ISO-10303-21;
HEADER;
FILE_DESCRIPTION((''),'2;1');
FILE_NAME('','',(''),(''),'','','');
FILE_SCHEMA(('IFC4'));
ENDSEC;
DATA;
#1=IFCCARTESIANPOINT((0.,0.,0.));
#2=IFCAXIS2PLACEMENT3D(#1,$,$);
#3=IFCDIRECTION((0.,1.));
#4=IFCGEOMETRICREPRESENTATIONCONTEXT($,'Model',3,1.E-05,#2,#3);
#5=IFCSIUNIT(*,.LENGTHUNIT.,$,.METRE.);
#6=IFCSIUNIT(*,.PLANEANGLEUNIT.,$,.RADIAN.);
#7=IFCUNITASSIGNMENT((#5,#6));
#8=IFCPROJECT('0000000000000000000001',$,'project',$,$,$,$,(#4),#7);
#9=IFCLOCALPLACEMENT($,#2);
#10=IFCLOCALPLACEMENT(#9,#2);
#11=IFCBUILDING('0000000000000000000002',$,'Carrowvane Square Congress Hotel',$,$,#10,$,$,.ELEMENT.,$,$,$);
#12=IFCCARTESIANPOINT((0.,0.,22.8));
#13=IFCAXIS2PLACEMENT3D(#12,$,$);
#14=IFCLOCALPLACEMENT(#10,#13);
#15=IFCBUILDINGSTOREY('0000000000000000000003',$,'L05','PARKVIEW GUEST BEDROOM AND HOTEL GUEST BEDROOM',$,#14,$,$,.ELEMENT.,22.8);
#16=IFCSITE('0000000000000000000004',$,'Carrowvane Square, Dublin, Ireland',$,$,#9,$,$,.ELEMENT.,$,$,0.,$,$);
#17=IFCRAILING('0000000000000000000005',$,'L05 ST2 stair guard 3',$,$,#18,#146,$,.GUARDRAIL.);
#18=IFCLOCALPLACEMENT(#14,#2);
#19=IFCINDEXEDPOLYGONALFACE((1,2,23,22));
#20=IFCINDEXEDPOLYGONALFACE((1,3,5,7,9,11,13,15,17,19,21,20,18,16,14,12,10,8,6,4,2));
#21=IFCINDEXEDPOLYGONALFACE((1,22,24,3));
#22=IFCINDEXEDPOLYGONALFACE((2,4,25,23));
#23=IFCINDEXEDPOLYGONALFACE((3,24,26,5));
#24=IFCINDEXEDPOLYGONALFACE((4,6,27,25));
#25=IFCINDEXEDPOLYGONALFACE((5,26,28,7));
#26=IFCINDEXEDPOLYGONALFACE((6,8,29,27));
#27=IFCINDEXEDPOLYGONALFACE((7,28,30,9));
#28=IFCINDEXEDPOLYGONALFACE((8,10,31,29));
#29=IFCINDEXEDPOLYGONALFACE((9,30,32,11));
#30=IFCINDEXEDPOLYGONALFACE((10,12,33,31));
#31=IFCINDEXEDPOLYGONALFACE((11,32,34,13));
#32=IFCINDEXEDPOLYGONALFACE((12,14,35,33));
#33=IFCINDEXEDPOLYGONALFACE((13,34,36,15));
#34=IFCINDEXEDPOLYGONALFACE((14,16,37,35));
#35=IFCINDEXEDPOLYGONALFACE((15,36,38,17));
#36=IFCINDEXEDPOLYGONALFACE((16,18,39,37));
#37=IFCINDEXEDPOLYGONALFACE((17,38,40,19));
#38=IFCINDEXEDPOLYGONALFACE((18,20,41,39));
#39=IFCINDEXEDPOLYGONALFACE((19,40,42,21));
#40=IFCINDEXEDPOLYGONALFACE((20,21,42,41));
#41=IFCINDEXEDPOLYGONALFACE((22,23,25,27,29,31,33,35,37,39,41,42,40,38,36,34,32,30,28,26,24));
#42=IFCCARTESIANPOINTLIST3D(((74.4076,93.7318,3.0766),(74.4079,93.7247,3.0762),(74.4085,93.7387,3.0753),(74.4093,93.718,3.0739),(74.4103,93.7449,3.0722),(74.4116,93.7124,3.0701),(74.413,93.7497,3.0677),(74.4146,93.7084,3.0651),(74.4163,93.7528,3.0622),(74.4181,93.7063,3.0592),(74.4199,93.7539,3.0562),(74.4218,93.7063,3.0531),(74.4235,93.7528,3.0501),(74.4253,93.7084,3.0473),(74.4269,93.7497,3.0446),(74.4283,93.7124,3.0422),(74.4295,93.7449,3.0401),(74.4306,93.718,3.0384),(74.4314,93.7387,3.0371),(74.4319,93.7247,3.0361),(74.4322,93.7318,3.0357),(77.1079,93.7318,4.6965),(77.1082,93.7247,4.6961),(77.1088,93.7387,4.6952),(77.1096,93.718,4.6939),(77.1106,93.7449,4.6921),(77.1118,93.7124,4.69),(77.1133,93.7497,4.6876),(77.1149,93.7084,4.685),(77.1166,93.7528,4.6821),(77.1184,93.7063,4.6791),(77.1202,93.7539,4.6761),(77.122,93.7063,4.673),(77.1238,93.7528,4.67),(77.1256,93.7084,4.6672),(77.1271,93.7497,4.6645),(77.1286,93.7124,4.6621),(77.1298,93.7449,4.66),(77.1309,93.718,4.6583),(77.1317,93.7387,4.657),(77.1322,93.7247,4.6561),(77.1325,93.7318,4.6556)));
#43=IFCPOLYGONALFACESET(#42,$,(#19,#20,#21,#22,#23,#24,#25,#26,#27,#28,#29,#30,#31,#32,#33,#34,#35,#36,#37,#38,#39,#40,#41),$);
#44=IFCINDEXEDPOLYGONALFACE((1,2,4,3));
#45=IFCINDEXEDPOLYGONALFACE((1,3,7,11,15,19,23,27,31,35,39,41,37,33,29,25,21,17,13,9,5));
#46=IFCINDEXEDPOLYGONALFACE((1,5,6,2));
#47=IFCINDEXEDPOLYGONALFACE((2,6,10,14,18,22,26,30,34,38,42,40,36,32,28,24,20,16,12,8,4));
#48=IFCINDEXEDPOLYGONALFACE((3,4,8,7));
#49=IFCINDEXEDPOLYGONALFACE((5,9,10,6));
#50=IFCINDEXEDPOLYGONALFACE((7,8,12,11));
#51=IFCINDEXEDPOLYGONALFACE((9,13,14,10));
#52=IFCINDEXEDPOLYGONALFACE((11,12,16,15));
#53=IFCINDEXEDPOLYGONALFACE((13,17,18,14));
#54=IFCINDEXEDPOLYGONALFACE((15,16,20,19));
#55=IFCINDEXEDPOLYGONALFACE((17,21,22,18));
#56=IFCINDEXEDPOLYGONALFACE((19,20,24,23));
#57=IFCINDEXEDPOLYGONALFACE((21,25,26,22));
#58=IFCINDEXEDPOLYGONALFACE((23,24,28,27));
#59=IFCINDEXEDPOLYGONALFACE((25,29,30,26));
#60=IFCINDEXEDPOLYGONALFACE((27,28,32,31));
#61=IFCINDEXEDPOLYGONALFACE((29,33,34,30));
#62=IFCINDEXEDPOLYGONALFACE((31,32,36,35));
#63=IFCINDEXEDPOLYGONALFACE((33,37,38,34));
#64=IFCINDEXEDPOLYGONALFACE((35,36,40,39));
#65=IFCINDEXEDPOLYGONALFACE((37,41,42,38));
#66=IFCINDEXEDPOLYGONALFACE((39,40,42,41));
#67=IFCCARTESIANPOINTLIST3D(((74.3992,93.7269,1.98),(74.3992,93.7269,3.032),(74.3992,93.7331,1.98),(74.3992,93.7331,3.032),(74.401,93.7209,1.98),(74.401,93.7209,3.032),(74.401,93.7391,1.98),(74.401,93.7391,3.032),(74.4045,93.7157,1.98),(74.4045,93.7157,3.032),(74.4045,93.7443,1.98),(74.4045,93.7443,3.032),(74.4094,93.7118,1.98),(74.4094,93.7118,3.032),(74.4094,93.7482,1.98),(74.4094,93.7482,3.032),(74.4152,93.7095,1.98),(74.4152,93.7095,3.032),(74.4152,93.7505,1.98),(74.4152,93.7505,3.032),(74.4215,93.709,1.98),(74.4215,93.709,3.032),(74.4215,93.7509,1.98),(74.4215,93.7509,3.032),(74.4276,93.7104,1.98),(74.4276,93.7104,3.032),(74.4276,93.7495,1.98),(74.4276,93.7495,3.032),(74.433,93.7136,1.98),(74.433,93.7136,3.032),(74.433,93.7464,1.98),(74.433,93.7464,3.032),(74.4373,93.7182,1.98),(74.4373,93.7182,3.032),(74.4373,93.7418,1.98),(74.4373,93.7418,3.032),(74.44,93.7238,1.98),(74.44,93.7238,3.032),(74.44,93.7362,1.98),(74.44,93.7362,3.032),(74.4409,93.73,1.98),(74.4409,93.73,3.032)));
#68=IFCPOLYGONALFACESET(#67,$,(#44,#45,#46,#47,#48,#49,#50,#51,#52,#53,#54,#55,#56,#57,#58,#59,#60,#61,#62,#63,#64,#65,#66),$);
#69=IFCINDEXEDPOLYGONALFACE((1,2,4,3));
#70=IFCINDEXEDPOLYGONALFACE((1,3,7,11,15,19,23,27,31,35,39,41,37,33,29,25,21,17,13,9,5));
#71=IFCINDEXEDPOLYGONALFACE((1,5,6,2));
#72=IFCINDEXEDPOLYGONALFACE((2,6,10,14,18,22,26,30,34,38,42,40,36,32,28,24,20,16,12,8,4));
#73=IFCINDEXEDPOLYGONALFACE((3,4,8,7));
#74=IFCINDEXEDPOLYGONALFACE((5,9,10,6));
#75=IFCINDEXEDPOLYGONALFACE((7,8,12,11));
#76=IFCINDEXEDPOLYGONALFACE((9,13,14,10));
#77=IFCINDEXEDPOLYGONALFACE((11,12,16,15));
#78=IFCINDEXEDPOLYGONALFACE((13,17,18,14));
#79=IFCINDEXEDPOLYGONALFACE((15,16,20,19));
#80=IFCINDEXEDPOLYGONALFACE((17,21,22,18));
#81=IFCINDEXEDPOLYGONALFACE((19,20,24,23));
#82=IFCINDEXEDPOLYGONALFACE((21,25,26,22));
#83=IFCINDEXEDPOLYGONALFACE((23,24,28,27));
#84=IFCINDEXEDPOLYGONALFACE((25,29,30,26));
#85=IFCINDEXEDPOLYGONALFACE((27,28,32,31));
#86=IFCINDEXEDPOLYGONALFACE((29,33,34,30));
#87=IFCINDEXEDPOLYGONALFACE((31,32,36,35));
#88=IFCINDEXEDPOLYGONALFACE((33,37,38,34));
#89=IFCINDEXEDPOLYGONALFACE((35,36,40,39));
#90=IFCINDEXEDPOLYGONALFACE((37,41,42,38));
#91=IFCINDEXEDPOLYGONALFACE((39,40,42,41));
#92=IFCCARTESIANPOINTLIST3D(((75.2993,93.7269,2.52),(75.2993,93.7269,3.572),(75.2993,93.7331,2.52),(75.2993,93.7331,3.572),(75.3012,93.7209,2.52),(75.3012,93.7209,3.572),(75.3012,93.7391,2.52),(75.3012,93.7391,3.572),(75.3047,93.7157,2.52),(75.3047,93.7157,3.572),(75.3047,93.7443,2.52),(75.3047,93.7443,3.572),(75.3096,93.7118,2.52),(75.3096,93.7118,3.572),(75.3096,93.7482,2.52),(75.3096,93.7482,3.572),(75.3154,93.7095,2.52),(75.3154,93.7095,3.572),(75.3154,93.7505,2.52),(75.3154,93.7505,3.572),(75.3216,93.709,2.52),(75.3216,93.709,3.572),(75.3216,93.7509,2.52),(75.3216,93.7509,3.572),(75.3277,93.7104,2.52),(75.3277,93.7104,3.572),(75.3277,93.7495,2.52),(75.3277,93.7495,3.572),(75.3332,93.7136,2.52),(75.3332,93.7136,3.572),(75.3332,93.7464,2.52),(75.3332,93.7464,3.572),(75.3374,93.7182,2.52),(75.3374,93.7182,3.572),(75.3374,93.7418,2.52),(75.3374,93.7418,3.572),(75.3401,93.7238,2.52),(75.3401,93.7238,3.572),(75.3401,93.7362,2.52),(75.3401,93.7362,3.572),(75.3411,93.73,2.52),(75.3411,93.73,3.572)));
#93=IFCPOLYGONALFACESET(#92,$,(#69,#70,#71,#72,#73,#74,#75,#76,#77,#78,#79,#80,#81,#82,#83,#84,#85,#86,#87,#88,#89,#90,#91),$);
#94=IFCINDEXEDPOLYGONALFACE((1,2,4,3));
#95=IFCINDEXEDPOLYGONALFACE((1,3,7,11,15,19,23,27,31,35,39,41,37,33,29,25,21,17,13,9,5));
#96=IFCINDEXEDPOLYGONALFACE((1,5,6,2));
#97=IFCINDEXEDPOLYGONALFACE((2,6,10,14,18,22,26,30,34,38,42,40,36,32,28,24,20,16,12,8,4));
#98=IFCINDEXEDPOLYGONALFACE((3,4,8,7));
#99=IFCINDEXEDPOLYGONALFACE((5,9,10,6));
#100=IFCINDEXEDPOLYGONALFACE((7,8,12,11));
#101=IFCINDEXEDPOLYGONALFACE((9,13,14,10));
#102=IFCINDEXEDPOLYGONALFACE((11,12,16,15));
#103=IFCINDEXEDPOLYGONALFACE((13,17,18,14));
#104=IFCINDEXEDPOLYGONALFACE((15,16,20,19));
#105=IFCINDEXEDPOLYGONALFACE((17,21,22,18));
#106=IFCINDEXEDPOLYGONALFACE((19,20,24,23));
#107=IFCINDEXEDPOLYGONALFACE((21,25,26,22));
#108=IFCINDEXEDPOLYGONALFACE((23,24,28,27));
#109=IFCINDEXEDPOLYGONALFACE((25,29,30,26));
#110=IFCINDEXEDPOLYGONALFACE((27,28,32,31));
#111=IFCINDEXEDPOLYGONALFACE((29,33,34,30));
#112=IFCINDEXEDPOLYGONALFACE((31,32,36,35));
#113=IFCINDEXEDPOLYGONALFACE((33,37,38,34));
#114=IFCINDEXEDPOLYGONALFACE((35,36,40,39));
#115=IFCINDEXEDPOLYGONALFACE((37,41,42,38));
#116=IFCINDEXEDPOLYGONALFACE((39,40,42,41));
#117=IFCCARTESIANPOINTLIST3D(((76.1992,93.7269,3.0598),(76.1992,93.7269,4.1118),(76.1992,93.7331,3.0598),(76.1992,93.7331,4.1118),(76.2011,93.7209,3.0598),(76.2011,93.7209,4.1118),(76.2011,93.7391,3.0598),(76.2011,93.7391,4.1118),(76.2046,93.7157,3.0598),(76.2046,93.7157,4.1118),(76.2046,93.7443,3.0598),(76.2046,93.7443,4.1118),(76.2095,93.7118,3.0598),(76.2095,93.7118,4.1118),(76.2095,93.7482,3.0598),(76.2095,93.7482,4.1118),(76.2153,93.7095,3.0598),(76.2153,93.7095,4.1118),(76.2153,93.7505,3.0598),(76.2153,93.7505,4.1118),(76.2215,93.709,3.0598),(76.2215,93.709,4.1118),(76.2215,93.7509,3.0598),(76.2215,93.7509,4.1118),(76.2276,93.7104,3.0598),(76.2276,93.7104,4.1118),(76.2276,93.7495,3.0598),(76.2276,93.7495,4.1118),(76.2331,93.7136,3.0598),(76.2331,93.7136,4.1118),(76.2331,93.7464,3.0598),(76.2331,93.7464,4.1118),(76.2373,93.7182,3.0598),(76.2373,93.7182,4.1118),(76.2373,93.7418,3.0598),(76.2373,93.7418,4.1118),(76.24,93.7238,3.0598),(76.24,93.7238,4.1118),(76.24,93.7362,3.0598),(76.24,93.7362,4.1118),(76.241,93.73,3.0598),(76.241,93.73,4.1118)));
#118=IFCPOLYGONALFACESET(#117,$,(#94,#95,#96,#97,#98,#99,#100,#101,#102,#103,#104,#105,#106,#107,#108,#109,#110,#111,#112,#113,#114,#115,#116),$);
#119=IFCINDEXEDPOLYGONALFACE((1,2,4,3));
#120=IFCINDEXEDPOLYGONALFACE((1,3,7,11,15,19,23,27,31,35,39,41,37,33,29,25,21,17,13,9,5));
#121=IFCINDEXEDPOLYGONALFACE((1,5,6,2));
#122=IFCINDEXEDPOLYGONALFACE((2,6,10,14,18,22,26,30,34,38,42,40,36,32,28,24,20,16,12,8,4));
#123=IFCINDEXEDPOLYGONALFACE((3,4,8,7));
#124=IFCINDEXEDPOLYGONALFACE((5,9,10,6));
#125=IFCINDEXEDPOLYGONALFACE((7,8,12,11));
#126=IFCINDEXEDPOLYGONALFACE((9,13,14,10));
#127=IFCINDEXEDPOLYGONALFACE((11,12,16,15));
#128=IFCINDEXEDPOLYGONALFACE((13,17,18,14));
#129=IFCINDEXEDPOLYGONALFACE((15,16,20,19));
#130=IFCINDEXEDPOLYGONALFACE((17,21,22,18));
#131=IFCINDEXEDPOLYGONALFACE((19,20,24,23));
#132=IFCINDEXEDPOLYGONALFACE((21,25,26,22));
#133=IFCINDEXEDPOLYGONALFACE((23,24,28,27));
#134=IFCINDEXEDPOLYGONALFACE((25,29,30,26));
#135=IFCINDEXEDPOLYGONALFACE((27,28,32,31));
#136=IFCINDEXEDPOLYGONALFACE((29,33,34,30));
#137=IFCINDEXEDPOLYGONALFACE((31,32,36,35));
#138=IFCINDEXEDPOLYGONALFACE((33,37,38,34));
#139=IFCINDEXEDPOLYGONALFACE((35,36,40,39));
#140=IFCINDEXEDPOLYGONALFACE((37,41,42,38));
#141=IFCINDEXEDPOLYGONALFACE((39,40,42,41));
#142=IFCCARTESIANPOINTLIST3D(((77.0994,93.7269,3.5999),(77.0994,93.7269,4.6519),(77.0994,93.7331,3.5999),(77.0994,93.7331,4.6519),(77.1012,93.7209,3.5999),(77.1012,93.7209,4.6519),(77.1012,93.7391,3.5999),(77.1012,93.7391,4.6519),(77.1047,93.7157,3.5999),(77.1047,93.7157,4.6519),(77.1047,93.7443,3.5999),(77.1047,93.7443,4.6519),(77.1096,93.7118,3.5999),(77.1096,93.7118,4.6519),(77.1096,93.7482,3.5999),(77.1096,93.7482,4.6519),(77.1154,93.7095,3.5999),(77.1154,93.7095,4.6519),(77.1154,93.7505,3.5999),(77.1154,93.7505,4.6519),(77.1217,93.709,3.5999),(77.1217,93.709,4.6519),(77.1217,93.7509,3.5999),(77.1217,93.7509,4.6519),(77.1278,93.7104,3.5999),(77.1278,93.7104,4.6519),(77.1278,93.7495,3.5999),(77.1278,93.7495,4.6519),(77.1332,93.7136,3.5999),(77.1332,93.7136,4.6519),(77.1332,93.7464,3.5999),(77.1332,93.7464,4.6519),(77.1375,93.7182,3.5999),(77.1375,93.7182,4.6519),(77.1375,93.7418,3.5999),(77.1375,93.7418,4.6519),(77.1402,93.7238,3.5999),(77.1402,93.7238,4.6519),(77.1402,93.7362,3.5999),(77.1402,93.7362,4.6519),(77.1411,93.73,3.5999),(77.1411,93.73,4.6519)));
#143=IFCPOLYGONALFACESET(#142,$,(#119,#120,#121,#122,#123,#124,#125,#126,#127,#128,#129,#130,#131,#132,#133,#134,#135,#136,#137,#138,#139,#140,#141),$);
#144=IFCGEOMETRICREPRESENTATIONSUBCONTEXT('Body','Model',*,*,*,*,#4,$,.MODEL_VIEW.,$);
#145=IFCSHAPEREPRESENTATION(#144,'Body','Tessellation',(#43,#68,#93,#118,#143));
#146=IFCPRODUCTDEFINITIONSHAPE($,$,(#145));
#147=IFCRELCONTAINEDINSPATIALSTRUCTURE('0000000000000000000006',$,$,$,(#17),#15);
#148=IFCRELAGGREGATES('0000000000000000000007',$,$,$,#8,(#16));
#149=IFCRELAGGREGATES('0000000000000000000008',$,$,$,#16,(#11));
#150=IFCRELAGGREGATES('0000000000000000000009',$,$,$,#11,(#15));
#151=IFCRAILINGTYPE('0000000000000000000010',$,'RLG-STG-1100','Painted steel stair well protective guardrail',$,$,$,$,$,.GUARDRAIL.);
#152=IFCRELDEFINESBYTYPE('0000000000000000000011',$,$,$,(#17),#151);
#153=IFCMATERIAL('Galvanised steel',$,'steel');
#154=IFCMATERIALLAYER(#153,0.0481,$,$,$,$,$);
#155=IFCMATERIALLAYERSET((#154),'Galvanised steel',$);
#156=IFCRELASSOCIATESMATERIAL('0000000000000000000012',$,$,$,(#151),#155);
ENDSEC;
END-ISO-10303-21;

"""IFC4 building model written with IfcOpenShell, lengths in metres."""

from ifc_helpers import new_model, si_unit, direction, frame, origin, origin_2d, place, context, subcontext, project, spatial, circle, extrude, material, layer, layer_set, type_object, element, save


model = new_model("IFC4")

# Units and contexts
model_context = context("Model", 3, precision=1e-05, world=origin(), true_north=direction((0.0, 1.0)))
body_context = subcontext(model_context, "Body", "Model", "MODEL_VIEW")
ifc_project = project(units=[si_unit("LENGTHUNIT", "METRE"), si_unit("PLANEANGLEUNIT", "RADIAN")], contexts=[model_context])

# Site, building, storey
site_placement = place(None, origin())
site = spatial("IfcSite", under=ifc_project, at=site_placement, Name="Carrowvane Square, Dublin, Ireland", CompositionType="ELEMENT", RefElevation=0.0)
building_placement = place(site_placement, origin())
building = spatial("IfcBuilding", under=site, at=building_placement, Name="Carrowvane Square Congress Hotel", CompositionType="ELEMENT")
storey_placement = place(building_placement, frame((0.0, 0.0, 22.8)))
storey = spatial("IfcBuildingStorey", under=building, at=storey_placement, Name="L05", Description="PARKVIEW GUEST BEDROOM AND HOTEL GUEST BEDROOM", CompositionType="ELEMENT", Elevation=22.8)

# Railing
ifc_material_1 = material(Name="Galvanised steel", Category="steel")
ifc_layer_1 = layer(ifc_material_1, 0.0481)
ifc_layer_set_1 = layer_set([ifc_layer_1], Name="Galvanised steel")
railing_type_1 = type_object("IfcRailingType", Name="RLG-STG-1100", Description="Painted steel stair well protective guardrail", PredefinedType="GUARDRAIL", material=ifc_layer_set_1)
railing_1_placement = place(storey_placement, frame((74.4199, 93.73, 1.98)))
element("IfcRailing", 1, at=railing_1_placement, inside=storey, type_object=railing_type_1, Name="L05 ST2 stair guard 3", PredefinedType="GUARDRAIL", context=body_context, shape_type="SweptSolid", body=[
    extrude(circle(Radius=0.0239, at=origin_2d()), frame((0.0, 0.0, 1.0762), z_axis=(0.857527, 0.0, 0.514439), x_axis=(0.0, 1.0, 0.0)), (0.0, 0.0, 1.0), 3.1489),
    extrude(circle(Radius=0.021, at=origin_2d()), origin(), (0.0, 0.0, 1.0), 1.052),
    extrude(circle(Radius=0.021, at=origin_2d()), frame((0.9001, 0.0, 0.54)), (0.0, 0.0, 1.0), 1.052),
    extrude(circle(Radius=0.021, at=origin_2d()), frame((1.8, 0.0, 1.0798)), (0.0, 0.0, 1.0), 1.052),
    extrude(circle(Radius=0.021, at=origin_2d()), frame((2.7002, 0.0, 1.6199)), (0.0, 0.0, 1.0), 1.052),
])

save(model, "model.ifc")
